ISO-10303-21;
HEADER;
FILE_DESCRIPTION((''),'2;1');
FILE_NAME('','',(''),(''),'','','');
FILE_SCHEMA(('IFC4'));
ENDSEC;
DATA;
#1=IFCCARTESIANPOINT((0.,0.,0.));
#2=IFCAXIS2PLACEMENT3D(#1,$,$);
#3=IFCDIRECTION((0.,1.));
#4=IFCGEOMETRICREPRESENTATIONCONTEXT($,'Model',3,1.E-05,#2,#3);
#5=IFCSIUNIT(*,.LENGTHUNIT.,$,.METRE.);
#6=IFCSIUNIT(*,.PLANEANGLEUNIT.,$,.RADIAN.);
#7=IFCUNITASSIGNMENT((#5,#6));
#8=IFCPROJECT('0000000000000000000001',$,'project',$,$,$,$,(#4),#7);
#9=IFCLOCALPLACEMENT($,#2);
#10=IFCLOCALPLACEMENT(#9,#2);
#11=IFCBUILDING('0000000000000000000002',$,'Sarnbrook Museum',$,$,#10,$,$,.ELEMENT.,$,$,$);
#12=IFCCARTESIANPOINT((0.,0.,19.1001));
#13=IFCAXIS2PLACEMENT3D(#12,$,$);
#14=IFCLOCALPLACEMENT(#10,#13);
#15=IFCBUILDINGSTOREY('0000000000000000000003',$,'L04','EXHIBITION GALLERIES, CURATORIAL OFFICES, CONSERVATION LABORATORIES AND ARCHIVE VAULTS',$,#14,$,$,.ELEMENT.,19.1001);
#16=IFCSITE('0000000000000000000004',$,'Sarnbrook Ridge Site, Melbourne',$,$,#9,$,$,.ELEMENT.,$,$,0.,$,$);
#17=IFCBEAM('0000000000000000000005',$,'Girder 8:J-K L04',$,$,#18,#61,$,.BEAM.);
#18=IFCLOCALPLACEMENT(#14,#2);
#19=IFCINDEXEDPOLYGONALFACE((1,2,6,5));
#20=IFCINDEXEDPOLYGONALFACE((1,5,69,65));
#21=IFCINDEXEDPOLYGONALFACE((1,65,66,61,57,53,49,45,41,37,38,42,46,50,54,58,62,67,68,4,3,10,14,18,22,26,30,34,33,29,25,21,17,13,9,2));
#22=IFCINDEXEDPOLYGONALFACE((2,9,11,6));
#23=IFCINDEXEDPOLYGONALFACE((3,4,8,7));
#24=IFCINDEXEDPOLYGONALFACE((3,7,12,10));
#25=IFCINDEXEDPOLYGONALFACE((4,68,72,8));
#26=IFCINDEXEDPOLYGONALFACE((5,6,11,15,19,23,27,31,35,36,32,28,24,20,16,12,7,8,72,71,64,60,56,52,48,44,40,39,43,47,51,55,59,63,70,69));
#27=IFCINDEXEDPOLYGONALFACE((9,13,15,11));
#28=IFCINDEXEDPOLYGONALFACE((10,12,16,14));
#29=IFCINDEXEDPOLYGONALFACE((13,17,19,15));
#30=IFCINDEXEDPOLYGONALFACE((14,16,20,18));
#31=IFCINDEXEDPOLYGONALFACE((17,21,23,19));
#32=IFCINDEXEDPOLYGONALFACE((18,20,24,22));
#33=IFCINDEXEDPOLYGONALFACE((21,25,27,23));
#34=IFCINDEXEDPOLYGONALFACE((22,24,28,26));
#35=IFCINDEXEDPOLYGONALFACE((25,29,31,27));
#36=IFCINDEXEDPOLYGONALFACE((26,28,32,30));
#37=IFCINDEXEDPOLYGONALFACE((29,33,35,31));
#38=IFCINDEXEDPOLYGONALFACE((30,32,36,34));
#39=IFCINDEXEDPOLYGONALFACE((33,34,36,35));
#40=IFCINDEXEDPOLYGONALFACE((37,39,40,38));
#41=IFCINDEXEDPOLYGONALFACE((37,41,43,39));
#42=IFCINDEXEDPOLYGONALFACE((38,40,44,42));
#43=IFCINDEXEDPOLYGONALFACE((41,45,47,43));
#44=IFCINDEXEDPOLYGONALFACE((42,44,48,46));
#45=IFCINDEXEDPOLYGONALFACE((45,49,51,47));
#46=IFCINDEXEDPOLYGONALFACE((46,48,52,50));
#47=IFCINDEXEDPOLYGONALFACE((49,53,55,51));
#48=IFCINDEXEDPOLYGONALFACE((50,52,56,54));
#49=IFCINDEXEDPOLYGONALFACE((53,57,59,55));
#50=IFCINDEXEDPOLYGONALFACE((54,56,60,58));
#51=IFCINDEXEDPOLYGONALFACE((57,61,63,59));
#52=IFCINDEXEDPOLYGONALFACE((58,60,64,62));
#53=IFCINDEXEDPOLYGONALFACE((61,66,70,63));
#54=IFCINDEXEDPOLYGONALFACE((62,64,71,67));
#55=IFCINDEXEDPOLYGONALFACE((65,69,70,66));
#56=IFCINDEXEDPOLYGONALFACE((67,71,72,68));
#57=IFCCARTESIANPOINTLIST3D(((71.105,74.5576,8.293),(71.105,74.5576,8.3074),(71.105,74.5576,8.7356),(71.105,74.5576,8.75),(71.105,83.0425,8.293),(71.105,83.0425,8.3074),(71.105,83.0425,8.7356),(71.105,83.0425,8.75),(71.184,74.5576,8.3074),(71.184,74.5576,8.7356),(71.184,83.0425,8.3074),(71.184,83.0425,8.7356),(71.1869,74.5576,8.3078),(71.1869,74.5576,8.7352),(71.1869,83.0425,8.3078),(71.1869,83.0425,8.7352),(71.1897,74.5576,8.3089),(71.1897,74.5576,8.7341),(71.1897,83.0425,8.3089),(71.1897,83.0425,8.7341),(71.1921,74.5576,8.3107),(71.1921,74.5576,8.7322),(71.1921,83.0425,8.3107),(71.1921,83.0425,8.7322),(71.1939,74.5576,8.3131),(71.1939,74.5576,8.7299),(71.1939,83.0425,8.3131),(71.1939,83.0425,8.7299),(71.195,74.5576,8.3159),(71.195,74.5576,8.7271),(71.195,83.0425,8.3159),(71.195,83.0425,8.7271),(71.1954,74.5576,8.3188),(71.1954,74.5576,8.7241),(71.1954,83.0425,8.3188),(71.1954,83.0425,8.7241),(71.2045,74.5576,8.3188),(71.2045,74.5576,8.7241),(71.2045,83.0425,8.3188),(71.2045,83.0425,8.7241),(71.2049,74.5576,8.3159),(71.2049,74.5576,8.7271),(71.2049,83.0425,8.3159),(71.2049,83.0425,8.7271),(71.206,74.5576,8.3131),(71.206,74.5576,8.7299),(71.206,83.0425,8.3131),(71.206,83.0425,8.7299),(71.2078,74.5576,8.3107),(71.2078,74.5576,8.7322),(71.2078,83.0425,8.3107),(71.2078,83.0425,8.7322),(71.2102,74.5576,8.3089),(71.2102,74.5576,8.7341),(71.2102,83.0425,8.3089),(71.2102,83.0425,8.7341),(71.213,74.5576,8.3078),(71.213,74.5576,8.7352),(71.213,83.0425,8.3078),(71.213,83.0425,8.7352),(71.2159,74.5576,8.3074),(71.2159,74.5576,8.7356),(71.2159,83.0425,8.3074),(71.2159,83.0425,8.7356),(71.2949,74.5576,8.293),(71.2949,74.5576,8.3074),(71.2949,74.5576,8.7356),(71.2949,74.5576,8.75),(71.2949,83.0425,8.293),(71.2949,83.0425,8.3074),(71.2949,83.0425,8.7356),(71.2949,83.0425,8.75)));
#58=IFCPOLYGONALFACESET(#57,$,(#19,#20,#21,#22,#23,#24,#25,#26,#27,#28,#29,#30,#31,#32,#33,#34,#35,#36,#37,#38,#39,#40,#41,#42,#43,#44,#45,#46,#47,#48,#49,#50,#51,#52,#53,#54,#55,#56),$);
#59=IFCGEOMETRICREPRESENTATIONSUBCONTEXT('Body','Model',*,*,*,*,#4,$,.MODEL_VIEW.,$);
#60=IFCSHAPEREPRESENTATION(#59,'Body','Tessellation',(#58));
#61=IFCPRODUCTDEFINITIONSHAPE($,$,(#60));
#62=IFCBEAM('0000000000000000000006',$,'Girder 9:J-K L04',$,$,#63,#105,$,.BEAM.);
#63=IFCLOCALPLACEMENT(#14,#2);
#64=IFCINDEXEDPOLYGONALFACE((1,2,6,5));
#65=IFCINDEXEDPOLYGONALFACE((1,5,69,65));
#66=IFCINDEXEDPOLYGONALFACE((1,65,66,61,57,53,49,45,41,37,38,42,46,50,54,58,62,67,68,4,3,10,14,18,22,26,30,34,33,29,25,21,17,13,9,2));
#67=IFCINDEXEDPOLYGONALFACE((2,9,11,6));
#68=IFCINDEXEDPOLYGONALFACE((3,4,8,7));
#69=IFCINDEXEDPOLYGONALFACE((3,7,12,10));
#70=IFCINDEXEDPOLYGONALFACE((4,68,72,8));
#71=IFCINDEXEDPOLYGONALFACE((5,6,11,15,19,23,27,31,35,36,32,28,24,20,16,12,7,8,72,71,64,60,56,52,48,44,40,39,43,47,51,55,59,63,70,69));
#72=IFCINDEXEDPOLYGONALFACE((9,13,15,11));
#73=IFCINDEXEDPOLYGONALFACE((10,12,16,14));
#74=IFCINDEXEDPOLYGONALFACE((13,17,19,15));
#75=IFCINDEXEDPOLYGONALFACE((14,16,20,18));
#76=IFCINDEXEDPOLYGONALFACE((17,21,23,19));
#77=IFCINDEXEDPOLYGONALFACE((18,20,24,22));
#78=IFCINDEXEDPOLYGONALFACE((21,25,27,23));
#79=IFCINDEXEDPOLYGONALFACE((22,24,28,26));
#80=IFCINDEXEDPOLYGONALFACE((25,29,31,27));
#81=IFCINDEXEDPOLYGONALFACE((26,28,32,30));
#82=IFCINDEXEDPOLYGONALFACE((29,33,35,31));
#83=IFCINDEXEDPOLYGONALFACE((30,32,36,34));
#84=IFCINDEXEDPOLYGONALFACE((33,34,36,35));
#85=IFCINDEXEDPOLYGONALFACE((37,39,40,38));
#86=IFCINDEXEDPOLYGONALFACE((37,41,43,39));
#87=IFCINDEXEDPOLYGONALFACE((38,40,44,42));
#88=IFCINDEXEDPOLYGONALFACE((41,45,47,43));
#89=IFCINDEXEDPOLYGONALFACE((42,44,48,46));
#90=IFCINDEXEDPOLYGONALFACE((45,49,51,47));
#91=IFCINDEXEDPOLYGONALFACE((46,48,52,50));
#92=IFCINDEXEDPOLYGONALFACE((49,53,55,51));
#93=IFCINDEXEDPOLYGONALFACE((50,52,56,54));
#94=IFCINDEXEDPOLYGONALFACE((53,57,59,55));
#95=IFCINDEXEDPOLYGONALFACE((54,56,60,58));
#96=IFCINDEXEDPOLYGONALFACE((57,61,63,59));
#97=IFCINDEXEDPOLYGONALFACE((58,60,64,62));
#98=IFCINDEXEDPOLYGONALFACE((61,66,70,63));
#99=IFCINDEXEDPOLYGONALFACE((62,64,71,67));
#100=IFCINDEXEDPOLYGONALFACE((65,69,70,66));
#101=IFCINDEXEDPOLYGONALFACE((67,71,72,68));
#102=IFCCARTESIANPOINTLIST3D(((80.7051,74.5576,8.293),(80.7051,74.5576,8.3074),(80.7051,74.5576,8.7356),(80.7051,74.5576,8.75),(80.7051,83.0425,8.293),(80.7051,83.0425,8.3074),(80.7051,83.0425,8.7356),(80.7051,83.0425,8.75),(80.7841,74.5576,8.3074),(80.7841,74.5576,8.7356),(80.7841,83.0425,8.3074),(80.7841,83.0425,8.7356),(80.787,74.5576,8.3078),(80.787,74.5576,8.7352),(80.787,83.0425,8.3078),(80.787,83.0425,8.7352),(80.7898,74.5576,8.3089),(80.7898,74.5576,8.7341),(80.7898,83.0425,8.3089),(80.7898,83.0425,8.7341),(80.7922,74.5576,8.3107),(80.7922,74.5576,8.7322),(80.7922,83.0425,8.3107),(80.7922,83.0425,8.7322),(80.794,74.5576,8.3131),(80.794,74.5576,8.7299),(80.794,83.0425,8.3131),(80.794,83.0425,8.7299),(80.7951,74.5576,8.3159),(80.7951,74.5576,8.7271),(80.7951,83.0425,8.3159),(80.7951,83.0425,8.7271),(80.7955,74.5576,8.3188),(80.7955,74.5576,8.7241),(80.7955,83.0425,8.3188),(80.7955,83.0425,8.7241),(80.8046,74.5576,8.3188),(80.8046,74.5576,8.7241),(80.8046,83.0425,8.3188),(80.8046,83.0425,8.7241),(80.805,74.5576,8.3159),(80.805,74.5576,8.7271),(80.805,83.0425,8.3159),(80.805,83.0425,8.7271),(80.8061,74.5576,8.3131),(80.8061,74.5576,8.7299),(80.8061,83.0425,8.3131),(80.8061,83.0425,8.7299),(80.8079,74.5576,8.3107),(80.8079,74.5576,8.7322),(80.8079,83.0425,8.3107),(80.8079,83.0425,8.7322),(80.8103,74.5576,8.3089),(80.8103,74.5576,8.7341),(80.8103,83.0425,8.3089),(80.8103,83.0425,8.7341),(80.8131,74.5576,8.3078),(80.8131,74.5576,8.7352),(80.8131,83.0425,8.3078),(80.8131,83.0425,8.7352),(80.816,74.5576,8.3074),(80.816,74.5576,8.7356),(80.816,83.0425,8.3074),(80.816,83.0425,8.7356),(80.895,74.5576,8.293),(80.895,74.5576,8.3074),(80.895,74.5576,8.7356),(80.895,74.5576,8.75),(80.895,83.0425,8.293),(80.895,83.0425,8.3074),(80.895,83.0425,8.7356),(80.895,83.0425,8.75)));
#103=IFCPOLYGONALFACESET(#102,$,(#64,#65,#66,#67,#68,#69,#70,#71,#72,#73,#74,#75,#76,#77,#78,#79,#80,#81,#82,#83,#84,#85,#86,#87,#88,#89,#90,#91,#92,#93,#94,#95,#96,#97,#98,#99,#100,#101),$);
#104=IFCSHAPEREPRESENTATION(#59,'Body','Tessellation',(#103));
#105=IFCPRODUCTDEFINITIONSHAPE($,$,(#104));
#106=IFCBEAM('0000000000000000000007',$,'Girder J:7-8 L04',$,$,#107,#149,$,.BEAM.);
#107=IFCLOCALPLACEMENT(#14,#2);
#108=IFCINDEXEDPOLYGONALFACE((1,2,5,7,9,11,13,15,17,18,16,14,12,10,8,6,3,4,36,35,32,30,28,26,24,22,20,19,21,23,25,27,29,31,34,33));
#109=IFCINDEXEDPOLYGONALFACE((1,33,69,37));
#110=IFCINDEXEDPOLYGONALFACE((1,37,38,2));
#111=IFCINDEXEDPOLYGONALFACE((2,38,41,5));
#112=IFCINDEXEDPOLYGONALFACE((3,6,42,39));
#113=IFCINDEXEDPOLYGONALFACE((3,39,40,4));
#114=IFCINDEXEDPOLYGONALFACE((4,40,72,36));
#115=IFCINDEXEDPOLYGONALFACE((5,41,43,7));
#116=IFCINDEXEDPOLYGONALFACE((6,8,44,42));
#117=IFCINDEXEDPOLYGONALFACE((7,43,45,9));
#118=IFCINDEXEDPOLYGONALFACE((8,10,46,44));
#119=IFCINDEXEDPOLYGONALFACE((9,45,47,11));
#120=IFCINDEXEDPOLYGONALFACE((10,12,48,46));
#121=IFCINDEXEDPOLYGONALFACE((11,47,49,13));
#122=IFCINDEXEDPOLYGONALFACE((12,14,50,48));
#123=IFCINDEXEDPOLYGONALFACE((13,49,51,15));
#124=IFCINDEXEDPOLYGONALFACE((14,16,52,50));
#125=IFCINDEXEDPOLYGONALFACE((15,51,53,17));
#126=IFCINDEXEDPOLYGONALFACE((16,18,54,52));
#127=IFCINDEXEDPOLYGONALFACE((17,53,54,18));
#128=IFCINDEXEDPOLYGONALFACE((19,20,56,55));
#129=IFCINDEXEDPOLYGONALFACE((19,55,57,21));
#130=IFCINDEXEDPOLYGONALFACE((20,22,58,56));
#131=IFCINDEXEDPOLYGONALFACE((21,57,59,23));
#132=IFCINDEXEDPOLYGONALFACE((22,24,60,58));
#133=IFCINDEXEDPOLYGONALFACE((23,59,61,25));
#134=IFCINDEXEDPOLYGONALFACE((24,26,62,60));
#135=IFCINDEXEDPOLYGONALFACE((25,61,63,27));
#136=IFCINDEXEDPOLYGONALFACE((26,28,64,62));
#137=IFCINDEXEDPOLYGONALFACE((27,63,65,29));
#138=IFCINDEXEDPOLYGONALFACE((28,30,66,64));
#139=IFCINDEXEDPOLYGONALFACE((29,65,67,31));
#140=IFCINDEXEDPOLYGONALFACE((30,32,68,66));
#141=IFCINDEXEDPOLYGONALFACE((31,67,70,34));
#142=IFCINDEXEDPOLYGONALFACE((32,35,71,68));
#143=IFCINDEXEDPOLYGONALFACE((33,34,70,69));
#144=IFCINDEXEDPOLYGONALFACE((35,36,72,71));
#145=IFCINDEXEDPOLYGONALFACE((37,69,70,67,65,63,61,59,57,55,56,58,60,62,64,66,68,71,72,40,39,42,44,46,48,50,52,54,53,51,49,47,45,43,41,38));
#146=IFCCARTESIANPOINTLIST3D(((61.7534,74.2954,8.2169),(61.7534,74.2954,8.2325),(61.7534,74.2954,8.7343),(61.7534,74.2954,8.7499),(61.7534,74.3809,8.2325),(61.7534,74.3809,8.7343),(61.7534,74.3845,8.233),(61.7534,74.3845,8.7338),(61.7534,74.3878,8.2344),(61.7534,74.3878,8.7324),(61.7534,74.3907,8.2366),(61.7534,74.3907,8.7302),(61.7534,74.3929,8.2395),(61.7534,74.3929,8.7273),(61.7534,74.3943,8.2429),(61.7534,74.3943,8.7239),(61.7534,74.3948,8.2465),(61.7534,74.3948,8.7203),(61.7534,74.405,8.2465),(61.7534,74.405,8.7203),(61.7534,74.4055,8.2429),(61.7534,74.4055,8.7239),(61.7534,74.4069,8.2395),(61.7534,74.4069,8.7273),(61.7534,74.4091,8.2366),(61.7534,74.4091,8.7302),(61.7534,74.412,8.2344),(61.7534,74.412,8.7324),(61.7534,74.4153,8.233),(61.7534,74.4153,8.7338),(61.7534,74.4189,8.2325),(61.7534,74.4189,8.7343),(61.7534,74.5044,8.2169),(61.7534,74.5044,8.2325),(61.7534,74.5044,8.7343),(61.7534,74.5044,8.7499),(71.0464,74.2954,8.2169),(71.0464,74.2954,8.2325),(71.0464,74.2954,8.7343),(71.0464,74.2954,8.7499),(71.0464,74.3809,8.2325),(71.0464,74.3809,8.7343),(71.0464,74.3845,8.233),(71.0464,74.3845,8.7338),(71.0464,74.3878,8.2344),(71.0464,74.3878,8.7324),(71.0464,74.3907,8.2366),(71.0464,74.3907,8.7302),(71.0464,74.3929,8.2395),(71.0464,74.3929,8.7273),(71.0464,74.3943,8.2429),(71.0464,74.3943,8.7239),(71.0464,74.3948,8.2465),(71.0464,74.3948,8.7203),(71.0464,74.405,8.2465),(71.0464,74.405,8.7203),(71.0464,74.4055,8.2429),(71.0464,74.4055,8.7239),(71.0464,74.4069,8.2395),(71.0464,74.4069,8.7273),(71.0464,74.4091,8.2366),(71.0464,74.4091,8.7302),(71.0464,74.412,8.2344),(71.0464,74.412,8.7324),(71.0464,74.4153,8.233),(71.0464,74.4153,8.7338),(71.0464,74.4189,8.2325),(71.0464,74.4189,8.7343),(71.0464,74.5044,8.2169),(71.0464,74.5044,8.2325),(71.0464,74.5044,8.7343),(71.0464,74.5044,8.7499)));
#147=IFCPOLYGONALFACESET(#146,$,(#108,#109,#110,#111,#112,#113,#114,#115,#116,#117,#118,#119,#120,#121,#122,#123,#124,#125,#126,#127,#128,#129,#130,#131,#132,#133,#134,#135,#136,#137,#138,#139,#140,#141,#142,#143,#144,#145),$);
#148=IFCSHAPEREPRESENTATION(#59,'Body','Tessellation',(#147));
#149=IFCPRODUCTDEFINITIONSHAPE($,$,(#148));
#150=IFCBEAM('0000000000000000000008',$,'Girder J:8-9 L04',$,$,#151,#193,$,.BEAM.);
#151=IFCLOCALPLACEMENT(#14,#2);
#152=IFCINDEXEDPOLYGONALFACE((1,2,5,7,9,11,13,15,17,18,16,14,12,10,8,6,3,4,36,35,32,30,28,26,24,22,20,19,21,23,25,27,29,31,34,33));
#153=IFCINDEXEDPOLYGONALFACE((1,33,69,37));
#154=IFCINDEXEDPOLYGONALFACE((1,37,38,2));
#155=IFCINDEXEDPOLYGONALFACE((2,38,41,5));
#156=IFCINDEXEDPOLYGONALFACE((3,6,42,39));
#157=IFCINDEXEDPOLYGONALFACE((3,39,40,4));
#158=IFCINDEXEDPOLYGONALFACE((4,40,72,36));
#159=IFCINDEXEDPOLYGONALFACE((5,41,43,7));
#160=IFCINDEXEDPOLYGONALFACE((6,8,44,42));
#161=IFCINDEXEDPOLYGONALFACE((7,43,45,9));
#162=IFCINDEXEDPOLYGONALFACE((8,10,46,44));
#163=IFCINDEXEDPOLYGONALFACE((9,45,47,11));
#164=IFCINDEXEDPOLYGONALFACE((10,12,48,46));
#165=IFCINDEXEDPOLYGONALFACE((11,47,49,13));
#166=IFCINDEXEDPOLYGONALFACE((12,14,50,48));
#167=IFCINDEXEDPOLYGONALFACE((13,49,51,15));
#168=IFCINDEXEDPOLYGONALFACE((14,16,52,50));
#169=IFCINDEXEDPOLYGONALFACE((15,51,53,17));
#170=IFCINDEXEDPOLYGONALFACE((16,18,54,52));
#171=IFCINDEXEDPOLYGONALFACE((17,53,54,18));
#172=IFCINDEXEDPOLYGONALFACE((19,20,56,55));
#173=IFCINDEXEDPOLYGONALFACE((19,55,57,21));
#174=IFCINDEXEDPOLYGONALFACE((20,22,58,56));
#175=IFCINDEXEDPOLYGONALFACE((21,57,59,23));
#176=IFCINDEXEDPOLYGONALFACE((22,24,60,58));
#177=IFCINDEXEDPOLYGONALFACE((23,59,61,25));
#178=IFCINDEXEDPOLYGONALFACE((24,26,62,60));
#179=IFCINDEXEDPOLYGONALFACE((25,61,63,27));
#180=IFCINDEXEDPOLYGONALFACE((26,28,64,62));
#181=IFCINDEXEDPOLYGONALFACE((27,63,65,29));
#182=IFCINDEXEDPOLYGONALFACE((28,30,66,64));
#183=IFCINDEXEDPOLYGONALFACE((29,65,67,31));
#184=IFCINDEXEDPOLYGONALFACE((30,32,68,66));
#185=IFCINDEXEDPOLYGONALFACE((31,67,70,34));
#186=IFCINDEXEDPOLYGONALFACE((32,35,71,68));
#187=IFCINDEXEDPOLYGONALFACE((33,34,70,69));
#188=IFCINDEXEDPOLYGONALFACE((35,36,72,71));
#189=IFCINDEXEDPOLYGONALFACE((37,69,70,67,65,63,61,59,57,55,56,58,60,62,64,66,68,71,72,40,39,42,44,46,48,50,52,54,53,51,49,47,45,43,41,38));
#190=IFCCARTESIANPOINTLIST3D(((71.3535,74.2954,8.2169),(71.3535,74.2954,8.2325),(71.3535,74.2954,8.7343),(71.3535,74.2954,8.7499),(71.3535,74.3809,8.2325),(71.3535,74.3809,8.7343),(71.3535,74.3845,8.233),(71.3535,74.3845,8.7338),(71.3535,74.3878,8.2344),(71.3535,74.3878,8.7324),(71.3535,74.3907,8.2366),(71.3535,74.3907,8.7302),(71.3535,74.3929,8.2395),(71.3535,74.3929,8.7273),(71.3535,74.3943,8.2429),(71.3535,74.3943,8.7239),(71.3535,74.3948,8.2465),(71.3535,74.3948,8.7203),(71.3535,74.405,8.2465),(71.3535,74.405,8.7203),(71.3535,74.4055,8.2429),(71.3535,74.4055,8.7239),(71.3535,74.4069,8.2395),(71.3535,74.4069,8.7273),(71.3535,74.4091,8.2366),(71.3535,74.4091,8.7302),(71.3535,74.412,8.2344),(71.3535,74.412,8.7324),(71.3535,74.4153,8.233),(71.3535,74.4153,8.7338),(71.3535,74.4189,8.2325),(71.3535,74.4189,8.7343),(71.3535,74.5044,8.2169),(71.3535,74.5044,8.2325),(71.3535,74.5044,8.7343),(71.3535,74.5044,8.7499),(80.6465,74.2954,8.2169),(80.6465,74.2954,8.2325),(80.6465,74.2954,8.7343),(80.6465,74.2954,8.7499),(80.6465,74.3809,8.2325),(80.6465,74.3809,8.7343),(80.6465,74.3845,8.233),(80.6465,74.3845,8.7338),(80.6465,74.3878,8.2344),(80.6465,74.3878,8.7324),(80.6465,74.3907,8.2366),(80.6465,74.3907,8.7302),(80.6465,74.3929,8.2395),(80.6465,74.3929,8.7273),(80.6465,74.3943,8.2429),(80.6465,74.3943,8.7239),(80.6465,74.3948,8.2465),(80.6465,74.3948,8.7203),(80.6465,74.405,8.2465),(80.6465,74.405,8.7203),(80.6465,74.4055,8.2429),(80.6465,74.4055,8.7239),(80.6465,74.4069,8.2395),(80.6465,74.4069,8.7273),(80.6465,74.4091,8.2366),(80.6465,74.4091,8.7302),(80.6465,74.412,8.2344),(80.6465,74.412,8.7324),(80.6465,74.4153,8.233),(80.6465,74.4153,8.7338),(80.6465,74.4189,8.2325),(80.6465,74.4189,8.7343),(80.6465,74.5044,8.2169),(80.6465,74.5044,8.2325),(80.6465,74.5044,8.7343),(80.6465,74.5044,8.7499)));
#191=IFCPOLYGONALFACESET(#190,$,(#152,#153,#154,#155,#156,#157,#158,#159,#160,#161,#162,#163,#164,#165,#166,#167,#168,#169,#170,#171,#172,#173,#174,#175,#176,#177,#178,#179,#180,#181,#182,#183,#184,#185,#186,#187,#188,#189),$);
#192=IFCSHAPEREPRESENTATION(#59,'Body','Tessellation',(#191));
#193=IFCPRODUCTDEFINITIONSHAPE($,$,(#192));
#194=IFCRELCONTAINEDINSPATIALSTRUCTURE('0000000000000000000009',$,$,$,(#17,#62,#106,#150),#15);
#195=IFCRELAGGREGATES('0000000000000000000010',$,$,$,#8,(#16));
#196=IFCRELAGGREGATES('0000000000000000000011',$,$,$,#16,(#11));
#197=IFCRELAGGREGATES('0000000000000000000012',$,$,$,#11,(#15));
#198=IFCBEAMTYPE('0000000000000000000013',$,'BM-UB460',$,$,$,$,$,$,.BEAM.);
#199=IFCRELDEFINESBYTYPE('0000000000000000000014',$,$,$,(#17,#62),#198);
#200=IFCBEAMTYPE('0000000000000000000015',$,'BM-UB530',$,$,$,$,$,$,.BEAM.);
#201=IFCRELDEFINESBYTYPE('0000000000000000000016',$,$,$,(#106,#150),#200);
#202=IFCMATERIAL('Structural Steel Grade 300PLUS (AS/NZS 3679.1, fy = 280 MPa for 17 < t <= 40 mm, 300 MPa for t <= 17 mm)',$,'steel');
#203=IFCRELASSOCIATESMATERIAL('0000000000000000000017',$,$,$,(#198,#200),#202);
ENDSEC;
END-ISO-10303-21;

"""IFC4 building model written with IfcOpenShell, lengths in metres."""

from ifc_helpers import new_model, si_unit, direction, frame, origin, origin_2d, place, context, subcontext, project, spatial, i_section, extrude, material, material_profile, profile_set, type_object, element, save


model = new_model("IFC4")

# Units and contexts
model_context = context("Model", 3, precision=1e-05, world=origin(), true_north=direction((0.0, 1.0)))
body_context = subcontext(model_context, "Body", "Model", "MODEL_VIEW")
ifc_project = project(units=[si_unit("LENGTHUNIT", "METRE"), si_unit("PLANEANGLEUNIT", "RADIAN")], contexts=[model_context])

# Site, building, storey
site_placement = place(None, origin())
site = spatial("IfcSite", under=ifc_project, at=site_placement, Name="Sarnbrook Ridge Site, Melbourne", CompositionType="ELEMENT", RefElevation=0.0)
building_placement = place(site_placement, origin())
building = spatial("IfcBuilding", under=site, at=building_placement, Name="Sarnbrook Museum", CompositionType="ELEMENT")
storey_placement = place(building_placement, frame((0.0, 0.0, 19.1001)))
storey = spatial("IfcBuildingStorey", under=building, at=storey_placement, Name="L04", Description="EXHIBITION GALLERIES, CURATORIAL OFFICES, CONSERVATION LABORATORIES AND ARCHIVE VAULTS", CompositionType="ELEMENT", Elevation=19.1001)

# Shared definitions
ifc_material_1 = material(Name="Structural Steel Grade 300PLUS (AS/NZS 3679.1, fy = 280 MPa for 17 < t <= 40 mm, 300 MPa for t <= 17 mm)", Category="steel")

# Beams
ifc_material_profile_1 = material_profile(ifc_material_1, i_section(OverallWidth=0.1899, OverallDepth=0.457, WebThickness=0.009, FlangeThickness=0.0144, FilletRadius=0.0115, at=origin_2d()), Name="460UB74.6")
ifc_profile_set_1 = profile_set([ifc_material_profile_1], Name="Structural Steel Grade 300PLUS (AS/NZS 3679.1, fy = 280 MPa for 17 < t <= 40 mm, 300 MPa for t <= 17 mm)")
beam_type_1 = type_object("IfcBeamType", Name="BM-UB460", PredefinedType="BEAM", material=ifc_profile_set_1)
for number, where, z_axis, x_axis, name in (
    (1, (71.2, 74.5576, 8.5215), (0.0, 1.0, 0.0), (-1.0, 0.0, 0.0), "Girder 8:J-K L04"),
    (2, (80.8, 74.5576, 8.5215), (0.0, 1.0, 0.0), (-1.0, 0.0, 0.0), "Girder 9:J-K L04"),
):
    element("IfcBeam", number, at=place(storey_placement, frame(where, z_axis=z_axis, x_axis=x_axis)), inside=storey, type_object=beam_type_1, Name=name, PredefinedType="BEAM", context=body_context, shape_type="SweptSolid", body=[
        extrude(i_section(OverallWidth=0.1899, OverallDepth=0.457, WebThickness=0.009, FlangeThickness=0.0144, FilletRadius=0.0115, at=origin_2d()), origin(), (0.0, 0.0, 1.0), 8.4849),
    ])
ifc_material_profile_2 = material_profile(ifc_material_1, i_section(OverallWidth=0.209, OverallDepth=0.533, WebThickness=0.0103, FlangeThickness=0.0156, FilletRadius=0.0139, at=origin_2d()), Name="530UB92.4")
ifc_profile_set_2 = profile_set([ifc_material_profile_2], Name="Structural Steel Grade 300PLUS (AS/NZS 3679.1, fy = 280 MPa for 17 < t <= 40 mm, 300 MPa for t <= 17 mm)")
beam_type_2 = type_object("IfcBeamType", Name="BM-UB530", PredefinedType="BEAM", material=ifc_profile_set_2)
for number, where, z_axis, x_axis, name in (
    (3, (61.7534, 74.3999, 8.4834), (1.0, 0.0, 0.0), (0.0, 1.0, 0.0), "Girder J:7-8 L04"),
    (4, (71.3535, 74.3999, 8.4834), (1.0, 0.0, 0.0), (0.0, 1.0, 0.0), "Girder J:8-9 L04"),
):
    element("IfcBeam", number, at=place(storey_placement, frame(where, z_axis=z_axis, x_axis=x_axis)), inside=storey, type_object=beam_type_2, Name=name, PredefinedType="BEAM", context=body_context, shape_type="SweptSolid", body=[
        extrude(i_section(OverallWidth=0.209, OverallDepth=0.533, WebThickness=0.0103, FlangeThickness=0.0156, FilletRadius=0.0139, at=origin_2d()), origin(), (0.0, 0.0, 1.0), 9.293),
    ])

save(model, "model.ifc")
